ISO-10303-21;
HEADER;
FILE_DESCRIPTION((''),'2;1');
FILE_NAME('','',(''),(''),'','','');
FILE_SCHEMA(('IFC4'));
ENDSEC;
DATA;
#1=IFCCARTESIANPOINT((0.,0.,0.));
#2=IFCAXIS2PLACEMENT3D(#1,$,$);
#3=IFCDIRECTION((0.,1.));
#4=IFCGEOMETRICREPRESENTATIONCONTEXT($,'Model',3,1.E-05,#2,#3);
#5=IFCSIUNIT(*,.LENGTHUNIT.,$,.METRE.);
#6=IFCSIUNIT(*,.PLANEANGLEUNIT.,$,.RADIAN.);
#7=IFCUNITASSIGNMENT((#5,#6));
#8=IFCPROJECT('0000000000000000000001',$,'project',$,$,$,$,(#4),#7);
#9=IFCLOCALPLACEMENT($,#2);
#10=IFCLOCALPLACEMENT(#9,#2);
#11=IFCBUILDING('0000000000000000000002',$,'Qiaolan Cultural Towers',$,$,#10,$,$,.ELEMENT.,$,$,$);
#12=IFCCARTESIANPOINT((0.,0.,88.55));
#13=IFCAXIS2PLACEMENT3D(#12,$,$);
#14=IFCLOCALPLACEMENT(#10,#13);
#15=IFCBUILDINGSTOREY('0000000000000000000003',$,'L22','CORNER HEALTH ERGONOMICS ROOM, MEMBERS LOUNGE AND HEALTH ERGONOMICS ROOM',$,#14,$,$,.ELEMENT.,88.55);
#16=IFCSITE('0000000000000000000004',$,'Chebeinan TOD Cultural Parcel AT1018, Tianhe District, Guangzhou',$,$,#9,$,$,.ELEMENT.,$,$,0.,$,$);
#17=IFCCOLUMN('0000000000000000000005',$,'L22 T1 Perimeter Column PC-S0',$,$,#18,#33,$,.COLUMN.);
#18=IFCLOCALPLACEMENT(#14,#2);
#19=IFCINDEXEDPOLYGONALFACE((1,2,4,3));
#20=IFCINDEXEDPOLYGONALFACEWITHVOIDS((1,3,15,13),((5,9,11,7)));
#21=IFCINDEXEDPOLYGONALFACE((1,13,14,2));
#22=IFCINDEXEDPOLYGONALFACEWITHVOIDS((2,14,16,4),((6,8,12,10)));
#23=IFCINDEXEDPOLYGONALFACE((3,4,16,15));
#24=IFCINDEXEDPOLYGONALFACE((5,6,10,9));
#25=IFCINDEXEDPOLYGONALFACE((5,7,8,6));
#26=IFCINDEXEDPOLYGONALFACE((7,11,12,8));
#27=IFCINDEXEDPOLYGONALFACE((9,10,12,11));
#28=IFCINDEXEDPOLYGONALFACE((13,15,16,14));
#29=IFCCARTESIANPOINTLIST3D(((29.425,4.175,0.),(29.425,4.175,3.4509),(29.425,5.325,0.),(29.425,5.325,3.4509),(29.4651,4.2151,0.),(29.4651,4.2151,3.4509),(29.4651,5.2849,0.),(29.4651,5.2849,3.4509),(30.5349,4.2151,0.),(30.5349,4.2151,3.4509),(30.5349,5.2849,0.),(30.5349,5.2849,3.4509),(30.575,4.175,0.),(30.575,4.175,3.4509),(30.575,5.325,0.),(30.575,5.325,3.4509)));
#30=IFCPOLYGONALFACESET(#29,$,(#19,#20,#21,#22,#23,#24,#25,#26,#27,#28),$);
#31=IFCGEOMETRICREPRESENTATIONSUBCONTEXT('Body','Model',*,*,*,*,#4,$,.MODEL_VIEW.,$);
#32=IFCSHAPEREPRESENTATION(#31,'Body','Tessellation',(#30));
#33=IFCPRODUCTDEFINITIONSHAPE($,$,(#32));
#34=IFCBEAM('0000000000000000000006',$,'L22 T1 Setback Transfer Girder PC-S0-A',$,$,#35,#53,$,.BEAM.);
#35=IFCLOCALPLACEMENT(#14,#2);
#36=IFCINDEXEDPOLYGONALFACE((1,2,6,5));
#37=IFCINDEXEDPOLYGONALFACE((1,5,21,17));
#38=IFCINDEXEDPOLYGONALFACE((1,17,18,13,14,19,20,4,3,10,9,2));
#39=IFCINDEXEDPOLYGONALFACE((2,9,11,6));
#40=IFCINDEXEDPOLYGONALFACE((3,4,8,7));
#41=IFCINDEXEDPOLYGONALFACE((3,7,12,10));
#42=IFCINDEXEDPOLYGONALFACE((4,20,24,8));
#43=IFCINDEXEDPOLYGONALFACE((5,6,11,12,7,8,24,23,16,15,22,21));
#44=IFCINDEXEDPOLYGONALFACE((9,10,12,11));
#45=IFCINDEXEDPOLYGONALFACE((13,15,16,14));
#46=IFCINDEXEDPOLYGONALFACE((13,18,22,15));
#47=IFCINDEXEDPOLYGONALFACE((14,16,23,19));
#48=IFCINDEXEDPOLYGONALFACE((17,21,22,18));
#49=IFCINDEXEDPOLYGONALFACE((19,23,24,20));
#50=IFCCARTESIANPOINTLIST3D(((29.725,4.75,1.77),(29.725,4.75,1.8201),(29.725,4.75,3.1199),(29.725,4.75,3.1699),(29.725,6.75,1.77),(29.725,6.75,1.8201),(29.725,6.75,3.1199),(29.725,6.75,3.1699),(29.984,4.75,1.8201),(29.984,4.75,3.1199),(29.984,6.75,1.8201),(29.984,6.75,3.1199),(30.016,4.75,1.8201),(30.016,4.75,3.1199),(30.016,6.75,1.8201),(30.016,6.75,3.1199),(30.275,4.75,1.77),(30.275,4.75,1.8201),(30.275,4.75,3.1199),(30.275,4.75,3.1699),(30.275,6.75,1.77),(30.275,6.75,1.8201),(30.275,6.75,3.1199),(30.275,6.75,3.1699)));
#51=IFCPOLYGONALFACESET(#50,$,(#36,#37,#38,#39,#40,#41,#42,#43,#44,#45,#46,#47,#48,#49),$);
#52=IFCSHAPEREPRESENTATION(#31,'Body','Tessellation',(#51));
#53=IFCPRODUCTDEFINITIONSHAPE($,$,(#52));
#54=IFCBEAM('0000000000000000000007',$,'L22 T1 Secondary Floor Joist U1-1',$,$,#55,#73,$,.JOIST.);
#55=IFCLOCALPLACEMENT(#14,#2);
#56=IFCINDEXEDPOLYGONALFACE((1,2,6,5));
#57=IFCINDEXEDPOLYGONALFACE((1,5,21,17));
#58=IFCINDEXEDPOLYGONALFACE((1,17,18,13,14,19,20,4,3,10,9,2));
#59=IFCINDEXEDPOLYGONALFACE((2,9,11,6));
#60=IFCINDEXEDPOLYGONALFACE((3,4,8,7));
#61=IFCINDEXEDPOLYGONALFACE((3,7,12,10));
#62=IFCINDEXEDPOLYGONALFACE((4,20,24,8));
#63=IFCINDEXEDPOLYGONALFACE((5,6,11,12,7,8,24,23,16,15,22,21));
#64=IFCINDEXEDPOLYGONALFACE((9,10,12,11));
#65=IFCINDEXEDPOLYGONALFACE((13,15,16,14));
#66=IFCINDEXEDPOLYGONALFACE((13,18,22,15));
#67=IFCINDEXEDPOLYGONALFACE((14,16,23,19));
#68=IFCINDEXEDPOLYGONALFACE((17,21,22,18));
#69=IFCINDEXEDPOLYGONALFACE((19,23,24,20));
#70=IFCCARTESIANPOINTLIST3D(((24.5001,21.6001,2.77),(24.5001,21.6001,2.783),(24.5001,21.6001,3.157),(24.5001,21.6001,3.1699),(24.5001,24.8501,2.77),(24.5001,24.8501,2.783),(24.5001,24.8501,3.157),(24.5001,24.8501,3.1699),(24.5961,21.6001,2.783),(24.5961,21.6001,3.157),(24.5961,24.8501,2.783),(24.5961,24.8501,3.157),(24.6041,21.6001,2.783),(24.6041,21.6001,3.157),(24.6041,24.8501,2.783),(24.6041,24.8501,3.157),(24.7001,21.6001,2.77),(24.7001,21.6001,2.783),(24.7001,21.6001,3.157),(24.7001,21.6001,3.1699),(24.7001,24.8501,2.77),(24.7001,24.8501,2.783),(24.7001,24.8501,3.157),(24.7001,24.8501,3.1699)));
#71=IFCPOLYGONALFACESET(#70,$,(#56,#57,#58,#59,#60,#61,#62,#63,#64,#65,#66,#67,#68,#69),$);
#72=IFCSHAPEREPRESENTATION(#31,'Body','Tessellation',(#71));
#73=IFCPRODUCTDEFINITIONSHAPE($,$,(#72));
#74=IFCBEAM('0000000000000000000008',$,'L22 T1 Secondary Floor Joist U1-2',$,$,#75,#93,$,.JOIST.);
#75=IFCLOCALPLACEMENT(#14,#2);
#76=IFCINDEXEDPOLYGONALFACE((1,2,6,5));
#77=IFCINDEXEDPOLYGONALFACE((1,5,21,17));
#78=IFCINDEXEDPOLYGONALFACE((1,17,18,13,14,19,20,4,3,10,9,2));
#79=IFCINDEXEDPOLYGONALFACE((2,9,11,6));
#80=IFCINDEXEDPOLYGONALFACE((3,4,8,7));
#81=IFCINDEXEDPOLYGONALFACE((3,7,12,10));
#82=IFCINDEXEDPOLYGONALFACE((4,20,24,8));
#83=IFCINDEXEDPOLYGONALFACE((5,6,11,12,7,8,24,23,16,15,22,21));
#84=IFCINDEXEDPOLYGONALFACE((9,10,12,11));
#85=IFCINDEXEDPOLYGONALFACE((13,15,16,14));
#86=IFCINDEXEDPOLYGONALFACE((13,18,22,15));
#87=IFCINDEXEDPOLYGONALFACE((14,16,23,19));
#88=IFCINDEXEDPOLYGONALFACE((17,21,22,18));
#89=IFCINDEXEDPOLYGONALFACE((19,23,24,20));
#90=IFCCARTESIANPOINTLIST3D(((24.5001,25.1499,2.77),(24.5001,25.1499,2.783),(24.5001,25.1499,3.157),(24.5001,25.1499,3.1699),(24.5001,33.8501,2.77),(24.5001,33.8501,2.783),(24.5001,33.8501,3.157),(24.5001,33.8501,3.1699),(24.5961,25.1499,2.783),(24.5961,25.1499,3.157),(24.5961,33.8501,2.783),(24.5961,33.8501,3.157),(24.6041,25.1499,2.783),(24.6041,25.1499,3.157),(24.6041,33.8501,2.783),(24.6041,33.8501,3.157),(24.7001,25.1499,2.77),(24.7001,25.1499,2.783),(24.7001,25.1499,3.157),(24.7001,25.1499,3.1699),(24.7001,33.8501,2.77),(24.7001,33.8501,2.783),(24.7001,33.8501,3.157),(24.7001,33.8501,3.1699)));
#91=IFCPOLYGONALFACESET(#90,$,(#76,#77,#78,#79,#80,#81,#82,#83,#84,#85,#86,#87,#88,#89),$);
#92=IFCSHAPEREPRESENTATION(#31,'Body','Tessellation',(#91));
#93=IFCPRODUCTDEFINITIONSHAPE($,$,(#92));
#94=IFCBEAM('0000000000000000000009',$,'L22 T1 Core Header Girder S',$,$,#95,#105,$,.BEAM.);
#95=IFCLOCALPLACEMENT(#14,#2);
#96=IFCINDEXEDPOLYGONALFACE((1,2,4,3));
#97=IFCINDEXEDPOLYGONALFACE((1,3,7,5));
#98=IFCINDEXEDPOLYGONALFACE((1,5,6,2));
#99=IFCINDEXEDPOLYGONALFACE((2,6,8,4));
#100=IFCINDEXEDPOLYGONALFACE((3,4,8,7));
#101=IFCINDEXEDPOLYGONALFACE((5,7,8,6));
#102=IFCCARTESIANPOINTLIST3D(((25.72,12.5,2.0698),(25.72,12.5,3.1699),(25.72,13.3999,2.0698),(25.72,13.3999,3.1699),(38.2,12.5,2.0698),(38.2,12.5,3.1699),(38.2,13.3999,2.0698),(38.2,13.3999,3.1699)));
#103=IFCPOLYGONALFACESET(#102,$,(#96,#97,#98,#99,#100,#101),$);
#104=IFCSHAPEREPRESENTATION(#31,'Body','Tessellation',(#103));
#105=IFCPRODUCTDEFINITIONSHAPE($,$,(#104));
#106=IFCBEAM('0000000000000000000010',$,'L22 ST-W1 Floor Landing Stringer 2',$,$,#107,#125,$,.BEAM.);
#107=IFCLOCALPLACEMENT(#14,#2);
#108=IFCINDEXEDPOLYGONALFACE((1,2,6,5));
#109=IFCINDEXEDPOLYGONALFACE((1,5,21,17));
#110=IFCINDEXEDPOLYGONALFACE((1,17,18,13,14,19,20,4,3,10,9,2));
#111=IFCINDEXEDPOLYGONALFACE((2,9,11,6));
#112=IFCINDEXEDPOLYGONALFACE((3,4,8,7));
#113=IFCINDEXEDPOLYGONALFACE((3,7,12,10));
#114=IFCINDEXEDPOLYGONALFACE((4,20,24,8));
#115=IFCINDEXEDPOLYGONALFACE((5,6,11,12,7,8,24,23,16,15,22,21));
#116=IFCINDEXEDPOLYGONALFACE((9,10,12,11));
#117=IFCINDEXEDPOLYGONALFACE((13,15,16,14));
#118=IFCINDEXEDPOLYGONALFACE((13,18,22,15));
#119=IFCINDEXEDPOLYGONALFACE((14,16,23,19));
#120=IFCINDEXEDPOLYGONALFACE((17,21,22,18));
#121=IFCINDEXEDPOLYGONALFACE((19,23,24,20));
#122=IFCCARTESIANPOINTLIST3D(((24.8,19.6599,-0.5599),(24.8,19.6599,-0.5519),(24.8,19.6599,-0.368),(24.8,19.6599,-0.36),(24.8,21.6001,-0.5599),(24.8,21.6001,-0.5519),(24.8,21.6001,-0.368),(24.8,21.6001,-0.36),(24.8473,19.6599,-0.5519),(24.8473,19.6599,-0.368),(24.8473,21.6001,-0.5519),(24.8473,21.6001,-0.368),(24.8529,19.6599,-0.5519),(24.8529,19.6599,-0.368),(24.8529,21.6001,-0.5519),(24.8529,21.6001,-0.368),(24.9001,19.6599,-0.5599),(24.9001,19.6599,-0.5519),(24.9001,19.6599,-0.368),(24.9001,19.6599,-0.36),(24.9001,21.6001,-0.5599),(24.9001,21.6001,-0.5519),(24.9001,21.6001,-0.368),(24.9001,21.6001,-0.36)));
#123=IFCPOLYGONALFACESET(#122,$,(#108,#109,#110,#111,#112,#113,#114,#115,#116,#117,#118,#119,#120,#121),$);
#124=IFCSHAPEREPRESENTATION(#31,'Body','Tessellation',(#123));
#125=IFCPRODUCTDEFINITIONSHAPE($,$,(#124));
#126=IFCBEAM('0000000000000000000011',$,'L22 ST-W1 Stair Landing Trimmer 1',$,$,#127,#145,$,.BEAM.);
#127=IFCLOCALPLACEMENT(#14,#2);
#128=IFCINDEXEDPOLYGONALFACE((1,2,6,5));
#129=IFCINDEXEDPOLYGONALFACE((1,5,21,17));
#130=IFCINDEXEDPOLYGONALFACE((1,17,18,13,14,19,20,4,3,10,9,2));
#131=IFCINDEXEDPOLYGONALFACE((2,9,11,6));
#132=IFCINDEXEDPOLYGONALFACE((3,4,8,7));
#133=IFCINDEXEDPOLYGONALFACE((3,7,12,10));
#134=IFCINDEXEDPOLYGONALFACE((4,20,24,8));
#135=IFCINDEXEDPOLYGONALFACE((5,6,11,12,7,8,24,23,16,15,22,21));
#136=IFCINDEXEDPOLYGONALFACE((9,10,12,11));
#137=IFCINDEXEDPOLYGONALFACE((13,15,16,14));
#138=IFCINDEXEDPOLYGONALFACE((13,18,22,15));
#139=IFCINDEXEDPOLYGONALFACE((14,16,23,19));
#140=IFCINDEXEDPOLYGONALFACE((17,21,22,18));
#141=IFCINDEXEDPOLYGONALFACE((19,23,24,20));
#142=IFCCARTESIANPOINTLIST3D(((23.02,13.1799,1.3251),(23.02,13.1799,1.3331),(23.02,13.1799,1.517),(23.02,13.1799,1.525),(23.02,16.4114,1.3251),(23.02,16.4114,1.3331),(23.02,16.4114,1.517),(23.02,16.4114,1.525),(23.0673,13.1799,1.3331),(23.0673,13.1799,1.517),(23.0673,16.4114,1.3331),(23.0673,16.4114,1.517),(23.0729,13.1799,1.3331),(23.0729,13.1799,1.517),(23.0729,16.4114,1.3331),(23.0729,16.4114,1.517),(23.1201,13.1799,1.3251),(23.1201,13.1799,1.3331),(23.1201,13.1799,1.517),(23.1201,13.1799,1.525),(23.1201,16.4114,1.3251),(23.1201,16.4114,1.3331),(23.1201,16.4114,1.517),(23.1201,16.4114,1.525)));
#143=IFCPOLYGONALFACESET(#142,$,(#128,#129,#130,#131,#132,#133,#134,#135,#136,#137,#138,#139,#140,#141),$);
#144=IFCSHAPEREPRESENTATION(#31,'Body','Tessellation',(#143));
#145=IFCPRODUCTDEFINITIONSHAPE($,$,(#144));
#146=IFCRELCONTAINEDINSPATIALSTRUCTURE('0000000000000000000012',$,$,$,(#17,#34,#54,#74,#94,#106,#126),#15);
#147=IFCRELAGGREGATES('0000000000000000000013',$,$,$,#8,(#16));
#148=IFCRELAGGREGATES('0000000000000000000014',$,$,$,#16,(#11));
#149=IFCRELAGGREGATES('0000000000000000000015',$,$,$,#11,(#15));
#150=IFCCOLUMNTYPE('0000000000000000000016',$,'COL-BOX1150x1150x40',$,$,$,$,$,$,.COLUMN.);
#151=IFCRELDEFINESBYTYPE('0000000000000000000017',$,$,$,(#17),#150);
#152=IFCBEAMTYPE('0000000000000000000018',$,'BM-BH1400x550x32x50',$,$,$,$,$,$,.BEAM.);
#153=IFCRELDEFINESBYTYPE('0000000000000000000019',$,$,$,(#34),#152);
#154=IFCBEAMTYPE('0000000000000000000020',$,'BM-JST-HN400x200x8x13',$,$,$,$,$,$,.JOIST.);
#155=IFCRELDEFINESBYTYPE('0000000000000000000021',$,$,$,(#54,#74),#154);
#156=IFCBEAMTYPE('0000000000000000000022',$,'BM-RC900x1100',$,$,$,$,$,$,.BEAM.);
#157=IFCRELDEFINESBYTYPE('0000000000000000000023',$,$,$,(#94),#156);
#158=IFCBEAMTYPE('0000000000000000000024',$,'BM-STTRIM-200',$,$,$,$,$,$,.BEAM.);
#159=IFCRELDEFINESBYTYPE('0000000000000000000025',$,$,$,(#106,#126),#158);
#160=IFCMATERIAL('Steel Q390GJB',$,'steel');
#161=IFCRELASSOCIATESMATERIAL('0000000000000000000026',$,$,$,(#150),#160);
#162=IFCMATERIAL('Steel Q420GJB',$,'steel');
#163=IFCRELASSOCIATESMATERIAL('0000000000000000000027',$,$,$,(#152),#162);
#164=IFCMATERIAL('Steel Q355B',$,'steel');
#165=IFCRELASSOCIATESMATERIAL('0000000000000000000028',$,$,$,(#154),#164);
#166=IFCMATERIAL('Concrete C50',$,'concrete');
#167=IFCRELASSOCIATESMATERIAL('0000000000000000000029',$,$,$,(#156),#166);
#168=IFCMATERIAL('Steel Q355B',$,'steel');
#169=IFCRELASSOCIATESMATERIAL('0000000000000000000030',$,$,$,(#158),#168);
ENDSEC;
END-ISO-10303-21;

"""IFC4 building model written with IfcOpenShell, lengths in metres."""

from ifc_helpers import new_model, si_unit, direction, frame, origin, origin_2d, place, context, subcontext, project, spatial, rectangle, hollow_rectangle, i_section, extrude, material, material_profile, profile_set, type_object, element, save


model = new_model("IFC4")

# Units and contexts
model_context = context("Model", 3, precision=1e-05, world=origin(), true_north=direction((0.0, 1.0)))
body_context = subcontext(model_context, "Body", "Model", "MODEL_VIEW")
ifc_project = project(units=[si_unit("LENGTHUNIT", "METRE"), si_unit("PLANEANGLEUNIT", "RADIAN")], contexts=[model_context])

# Site, building, storey
site_placement = place(None, origin())
site = spatial("IfcSite", under=ifc_project, at=site_placement, Name="Chebeinan TOD Cultural Parcel AT1018, Tianhe District, Guangzhou", CompositionType="ELEMENT", RefElevation=0.0)
building_placement = place(site_placement, origin())
building = spatial("IfcBuilding", under=site, at=building_placement, Name="Qiaolan Cultural Towers", CompositionType="ELEMENT")
storey_placement = place(building_placement, frame((0.0, 0.0, 88.55)))
storey = spatial("IfcBuildingStorey", under=building, at=storey_placement, Name="L22", Description="CORNER HEALTH ERGONOMICS ROOM, MEMBERS LOUNGE AND HEALTH ERGONOMICS ROOM", CompositionType="ELEMENT", Elevation=88.55)

# Column
ifc_material_1 = material(Name="Steel Q390GJB", Category="steel")
ifc_material_profile_1 = material_profile(ifc_material_1, hollow_rectangle(XDim=1.1499, YDim=1.1499, WallThickness=0.04, at=origin_2d()), Name="BOX1150x1150x40")
ifc_profile_set_1 = profile_set([ifc_material_profile_1], Name="Steel Q390GJB")
column_type = type_object("IfcColumnType", Name="COL-BOX1150x1150x40", PredefinedType="COLUMN", material=ifc_profile_set_1)
column_placement = place(storey_placement, frame((30.0, 4.75, 0.0), z_axis=(0.0, 0.0, 1.0), x_axis=(1.0, 0.0, 0.0)))
element("IfcColumn", 1, at=column_placement, inside=storey, type_object=column_type, Name="L22 T1 Perimeter Column PC-S0", PredefinedType="COLUMN", context=body_context, shape_type="SweptSolid", body=[
    extrude(hollow_rectangle(XDim=1.1499, YDim=1.1499, WallThickness=0.04, at=origin_2d()), origin(), (0.0, 0.0, 1.0), 3.4509),
])

# Beams
ifc_material_2 = material(Name="Steel Q420GJB", Category="steel")
ifc_material_profile_2 = material_profile(ifc_material_2, i_section(OverallWidth=0.55, OverallDepth=1.3999, WebThickness=0.032, FlangeThickness=0.05, at=origin_2d()), Name="BH1400x550x32x50")
ifc_profile_set_2 = profile_set([ifc_material_profile_2], Name="Steel Q420GJB")
beam_type_1 = type_object("IfcBeamType", Name="BM-BH1400x550x32x50", PredefinedType="BEAM", material=ifc_profile_set_2)
beam_1_placement = place(storey_placement, frame((30.0, 4.75, 2.47), z_axis=(0.0, 1.0, 0.0), x_axis=(-1.0, 0.0, 0.0)))
element("IfcBeam", 2, at=beam_1_placement, inside=storey, type_object=beam_type_1, Name="L22 T1 Setback Transfer Girder PC-S0-A", PredefinedType="BEAM", context=body_context, shape_type="SweptSolid", body=[
    extrude(i_section(OverallWidth=0.55, OverallDepth=1.3999, WebThickness=0.032, FlangeThickness=0.05, at=origin_2d()), origin(), (0.0, 0.0, 1.0), 2.0),
])
ifc_material_3 = material(Name="Steel Q355B", Category="steel")
ifc_material_profile_3 = material_profile(ifc_material_3, i_section(OverallWidth=0.2, OverallDepth=0.3999, WebThickness=0.0081, FlangeThickness=0.0129, at=origin_2d()), Name="HN400x200x8x13")
ifc_profile_set_3 = profile_set([ifc_material_profile_3], Name="Steel Q355B")
beam_type_2 = type_object("IfcBeamType", Name="BM-JST-HN400x200x8x13", PredefinedType="JOIST", material=ifc_profile_set_3)
beam_2_placement = place(storey_placement, frame((24.6001, 21.6001, 2.97), z_axis=(0.0, 1.0, 0.0), x_axis=(-1.0, 0.0, 0.0)))
element("IfcBeam", 3, at=beam_2_placement, inside=storey, type_object=beam_type_2, Name="L22 T1 Secondary Floor Joist U1-1", PredefinedType="JOIST", context=body_context, shape_type="SweptSolid", body=[
    extrude(i_section(OverallWidth=0.2, OverallDepth=0.3999, WebThickness=0.0081, FlangeThickness=0.0129, at=origin_2d()), origin(), (0.0, 0.0, 1.0), 3.25),
])
beam_3_placement = place(storey_placement, frame((24.6001, 25.1499, 2.97), z_axis=(0.0, 1.0, 0.0), x_axis=(-1.0, 0.0, 0.0)))
element("IfcBeam", 4, at=beam_3_placement, inside=storey, type_object=beam_type_2, Name="L22 T1 Secondary Floor Joist U1-2", PredefinedType="JOIST", context=body_context, shape_type="SweptSolid", body=[
    extrude(i_section(OverallWidth=0.2, OverallDepth=0.3999, WebThickness=0.0081, FlangeThickness=0.0129, at=origin_2d()), origin(), (0.0, 0.0, 1.0), 8.7002),
])
ifc_material_4 = material(Name="Concrete C50", Category="concrete")
ifc_material_profile_4 = material_profile(ifc_material_4, rectangle(XDim=0.8999, YDim=1.1001, at=origin_2d()), Name="RC900x1100")
ifc_profile_set_4 = profile_set([ifc_material_profile_4], Name="Concrete C50")
beam_type_3 = type_object("IfcBeamType", Name="BM-RC900x1100", PredefinedType="BEAM", material=ifc_profile_set_4)
beam_4_placement = place(storey_placement, frame((25.72, 12.95, 2.6199), z_axis=(1.0, 0.0, 0.0), x_axis=(0.0, 1.0, 0.0)))
element("IfcBeam", 5, at=beam_4_placement, inside=storey, type_object=beam_type_3, Name="L22 T1 Core Header Girder S", PredefinedType="BEAM", context=body_context, shape_type="SweptSolid", body=[
    extrude(rectangle(XDim=0.8999, YDim=1.1001, at=origin_2d()), origin(), (0.0, 0.0, 1.0), 12.48),
])
ifc_material_5 = material(Name="Steel Q355B", Category="steel")
ifc_material_profile_5 = material_profile(ifc_material_5, i_section(OverallWidth=0.1001, OverallDepth=0.2, WebThickness=0.0056, FlangeThickness=0.0081, at=origin_2d()), Name="HN200x100x5.5x8")
ifc_profile_set_5 = profile_set([ifc_material_profile_5], Name="Steel Q355B")
beam_type_4 = type_object("IfcBeamType", Name="BM-STTRIM-200", PredefinedType="BEAM", material=ifc_profile_set_5)
beam_5_placement = place(storey_placement, frame((24.8501, 21.6001, -0.46), z_axis=(0.0, -1.0, 0.0), x_axis=(1.0, 0.0, 0.0)))
element("IfcBeam", 6, at=beam_5_placement, inside=storey, type_object=beam_type_4, Name="L22 ST-W1 Floor Landing Stringer 2", PredefinedType="BEAM", context=body_context, shape_type="SweptSolid", body=[
    extrude(i_section(OverallWidth=0.1001, OverallDepth=0.2, WebThickness=0.0056, FlangeThickness=0.0081, at=origin_2d()), origin(), (0.0, 0.0, 1.0), 1.9402),
])
beam_6_placement = place(storey_placement, frame((23.0701, 16.4114, 1.425), z_axis=(0.0, -1.0, 0.0), x_axis=(1.0, 0.0, 0.0)))
element("IfcBeam", 7, at=beam_6_placement, inside=storey, type_object=beam_type_4, Name="L22 ST-W1 Stair Landing Trimmer 1", PredefinedType="BEAM", context=body_context, shape_type="SweptSolid", body=[
    extrude(i_section(OverallWidth=0.1001, OverallDepth=0.2, WebThickness=0.0056, FlangeThickness=0.0081, at=origin_2d()), origin(), (0.0, 0.0, 1.0), 3.2314),
])

save(model, "model.ifc")
